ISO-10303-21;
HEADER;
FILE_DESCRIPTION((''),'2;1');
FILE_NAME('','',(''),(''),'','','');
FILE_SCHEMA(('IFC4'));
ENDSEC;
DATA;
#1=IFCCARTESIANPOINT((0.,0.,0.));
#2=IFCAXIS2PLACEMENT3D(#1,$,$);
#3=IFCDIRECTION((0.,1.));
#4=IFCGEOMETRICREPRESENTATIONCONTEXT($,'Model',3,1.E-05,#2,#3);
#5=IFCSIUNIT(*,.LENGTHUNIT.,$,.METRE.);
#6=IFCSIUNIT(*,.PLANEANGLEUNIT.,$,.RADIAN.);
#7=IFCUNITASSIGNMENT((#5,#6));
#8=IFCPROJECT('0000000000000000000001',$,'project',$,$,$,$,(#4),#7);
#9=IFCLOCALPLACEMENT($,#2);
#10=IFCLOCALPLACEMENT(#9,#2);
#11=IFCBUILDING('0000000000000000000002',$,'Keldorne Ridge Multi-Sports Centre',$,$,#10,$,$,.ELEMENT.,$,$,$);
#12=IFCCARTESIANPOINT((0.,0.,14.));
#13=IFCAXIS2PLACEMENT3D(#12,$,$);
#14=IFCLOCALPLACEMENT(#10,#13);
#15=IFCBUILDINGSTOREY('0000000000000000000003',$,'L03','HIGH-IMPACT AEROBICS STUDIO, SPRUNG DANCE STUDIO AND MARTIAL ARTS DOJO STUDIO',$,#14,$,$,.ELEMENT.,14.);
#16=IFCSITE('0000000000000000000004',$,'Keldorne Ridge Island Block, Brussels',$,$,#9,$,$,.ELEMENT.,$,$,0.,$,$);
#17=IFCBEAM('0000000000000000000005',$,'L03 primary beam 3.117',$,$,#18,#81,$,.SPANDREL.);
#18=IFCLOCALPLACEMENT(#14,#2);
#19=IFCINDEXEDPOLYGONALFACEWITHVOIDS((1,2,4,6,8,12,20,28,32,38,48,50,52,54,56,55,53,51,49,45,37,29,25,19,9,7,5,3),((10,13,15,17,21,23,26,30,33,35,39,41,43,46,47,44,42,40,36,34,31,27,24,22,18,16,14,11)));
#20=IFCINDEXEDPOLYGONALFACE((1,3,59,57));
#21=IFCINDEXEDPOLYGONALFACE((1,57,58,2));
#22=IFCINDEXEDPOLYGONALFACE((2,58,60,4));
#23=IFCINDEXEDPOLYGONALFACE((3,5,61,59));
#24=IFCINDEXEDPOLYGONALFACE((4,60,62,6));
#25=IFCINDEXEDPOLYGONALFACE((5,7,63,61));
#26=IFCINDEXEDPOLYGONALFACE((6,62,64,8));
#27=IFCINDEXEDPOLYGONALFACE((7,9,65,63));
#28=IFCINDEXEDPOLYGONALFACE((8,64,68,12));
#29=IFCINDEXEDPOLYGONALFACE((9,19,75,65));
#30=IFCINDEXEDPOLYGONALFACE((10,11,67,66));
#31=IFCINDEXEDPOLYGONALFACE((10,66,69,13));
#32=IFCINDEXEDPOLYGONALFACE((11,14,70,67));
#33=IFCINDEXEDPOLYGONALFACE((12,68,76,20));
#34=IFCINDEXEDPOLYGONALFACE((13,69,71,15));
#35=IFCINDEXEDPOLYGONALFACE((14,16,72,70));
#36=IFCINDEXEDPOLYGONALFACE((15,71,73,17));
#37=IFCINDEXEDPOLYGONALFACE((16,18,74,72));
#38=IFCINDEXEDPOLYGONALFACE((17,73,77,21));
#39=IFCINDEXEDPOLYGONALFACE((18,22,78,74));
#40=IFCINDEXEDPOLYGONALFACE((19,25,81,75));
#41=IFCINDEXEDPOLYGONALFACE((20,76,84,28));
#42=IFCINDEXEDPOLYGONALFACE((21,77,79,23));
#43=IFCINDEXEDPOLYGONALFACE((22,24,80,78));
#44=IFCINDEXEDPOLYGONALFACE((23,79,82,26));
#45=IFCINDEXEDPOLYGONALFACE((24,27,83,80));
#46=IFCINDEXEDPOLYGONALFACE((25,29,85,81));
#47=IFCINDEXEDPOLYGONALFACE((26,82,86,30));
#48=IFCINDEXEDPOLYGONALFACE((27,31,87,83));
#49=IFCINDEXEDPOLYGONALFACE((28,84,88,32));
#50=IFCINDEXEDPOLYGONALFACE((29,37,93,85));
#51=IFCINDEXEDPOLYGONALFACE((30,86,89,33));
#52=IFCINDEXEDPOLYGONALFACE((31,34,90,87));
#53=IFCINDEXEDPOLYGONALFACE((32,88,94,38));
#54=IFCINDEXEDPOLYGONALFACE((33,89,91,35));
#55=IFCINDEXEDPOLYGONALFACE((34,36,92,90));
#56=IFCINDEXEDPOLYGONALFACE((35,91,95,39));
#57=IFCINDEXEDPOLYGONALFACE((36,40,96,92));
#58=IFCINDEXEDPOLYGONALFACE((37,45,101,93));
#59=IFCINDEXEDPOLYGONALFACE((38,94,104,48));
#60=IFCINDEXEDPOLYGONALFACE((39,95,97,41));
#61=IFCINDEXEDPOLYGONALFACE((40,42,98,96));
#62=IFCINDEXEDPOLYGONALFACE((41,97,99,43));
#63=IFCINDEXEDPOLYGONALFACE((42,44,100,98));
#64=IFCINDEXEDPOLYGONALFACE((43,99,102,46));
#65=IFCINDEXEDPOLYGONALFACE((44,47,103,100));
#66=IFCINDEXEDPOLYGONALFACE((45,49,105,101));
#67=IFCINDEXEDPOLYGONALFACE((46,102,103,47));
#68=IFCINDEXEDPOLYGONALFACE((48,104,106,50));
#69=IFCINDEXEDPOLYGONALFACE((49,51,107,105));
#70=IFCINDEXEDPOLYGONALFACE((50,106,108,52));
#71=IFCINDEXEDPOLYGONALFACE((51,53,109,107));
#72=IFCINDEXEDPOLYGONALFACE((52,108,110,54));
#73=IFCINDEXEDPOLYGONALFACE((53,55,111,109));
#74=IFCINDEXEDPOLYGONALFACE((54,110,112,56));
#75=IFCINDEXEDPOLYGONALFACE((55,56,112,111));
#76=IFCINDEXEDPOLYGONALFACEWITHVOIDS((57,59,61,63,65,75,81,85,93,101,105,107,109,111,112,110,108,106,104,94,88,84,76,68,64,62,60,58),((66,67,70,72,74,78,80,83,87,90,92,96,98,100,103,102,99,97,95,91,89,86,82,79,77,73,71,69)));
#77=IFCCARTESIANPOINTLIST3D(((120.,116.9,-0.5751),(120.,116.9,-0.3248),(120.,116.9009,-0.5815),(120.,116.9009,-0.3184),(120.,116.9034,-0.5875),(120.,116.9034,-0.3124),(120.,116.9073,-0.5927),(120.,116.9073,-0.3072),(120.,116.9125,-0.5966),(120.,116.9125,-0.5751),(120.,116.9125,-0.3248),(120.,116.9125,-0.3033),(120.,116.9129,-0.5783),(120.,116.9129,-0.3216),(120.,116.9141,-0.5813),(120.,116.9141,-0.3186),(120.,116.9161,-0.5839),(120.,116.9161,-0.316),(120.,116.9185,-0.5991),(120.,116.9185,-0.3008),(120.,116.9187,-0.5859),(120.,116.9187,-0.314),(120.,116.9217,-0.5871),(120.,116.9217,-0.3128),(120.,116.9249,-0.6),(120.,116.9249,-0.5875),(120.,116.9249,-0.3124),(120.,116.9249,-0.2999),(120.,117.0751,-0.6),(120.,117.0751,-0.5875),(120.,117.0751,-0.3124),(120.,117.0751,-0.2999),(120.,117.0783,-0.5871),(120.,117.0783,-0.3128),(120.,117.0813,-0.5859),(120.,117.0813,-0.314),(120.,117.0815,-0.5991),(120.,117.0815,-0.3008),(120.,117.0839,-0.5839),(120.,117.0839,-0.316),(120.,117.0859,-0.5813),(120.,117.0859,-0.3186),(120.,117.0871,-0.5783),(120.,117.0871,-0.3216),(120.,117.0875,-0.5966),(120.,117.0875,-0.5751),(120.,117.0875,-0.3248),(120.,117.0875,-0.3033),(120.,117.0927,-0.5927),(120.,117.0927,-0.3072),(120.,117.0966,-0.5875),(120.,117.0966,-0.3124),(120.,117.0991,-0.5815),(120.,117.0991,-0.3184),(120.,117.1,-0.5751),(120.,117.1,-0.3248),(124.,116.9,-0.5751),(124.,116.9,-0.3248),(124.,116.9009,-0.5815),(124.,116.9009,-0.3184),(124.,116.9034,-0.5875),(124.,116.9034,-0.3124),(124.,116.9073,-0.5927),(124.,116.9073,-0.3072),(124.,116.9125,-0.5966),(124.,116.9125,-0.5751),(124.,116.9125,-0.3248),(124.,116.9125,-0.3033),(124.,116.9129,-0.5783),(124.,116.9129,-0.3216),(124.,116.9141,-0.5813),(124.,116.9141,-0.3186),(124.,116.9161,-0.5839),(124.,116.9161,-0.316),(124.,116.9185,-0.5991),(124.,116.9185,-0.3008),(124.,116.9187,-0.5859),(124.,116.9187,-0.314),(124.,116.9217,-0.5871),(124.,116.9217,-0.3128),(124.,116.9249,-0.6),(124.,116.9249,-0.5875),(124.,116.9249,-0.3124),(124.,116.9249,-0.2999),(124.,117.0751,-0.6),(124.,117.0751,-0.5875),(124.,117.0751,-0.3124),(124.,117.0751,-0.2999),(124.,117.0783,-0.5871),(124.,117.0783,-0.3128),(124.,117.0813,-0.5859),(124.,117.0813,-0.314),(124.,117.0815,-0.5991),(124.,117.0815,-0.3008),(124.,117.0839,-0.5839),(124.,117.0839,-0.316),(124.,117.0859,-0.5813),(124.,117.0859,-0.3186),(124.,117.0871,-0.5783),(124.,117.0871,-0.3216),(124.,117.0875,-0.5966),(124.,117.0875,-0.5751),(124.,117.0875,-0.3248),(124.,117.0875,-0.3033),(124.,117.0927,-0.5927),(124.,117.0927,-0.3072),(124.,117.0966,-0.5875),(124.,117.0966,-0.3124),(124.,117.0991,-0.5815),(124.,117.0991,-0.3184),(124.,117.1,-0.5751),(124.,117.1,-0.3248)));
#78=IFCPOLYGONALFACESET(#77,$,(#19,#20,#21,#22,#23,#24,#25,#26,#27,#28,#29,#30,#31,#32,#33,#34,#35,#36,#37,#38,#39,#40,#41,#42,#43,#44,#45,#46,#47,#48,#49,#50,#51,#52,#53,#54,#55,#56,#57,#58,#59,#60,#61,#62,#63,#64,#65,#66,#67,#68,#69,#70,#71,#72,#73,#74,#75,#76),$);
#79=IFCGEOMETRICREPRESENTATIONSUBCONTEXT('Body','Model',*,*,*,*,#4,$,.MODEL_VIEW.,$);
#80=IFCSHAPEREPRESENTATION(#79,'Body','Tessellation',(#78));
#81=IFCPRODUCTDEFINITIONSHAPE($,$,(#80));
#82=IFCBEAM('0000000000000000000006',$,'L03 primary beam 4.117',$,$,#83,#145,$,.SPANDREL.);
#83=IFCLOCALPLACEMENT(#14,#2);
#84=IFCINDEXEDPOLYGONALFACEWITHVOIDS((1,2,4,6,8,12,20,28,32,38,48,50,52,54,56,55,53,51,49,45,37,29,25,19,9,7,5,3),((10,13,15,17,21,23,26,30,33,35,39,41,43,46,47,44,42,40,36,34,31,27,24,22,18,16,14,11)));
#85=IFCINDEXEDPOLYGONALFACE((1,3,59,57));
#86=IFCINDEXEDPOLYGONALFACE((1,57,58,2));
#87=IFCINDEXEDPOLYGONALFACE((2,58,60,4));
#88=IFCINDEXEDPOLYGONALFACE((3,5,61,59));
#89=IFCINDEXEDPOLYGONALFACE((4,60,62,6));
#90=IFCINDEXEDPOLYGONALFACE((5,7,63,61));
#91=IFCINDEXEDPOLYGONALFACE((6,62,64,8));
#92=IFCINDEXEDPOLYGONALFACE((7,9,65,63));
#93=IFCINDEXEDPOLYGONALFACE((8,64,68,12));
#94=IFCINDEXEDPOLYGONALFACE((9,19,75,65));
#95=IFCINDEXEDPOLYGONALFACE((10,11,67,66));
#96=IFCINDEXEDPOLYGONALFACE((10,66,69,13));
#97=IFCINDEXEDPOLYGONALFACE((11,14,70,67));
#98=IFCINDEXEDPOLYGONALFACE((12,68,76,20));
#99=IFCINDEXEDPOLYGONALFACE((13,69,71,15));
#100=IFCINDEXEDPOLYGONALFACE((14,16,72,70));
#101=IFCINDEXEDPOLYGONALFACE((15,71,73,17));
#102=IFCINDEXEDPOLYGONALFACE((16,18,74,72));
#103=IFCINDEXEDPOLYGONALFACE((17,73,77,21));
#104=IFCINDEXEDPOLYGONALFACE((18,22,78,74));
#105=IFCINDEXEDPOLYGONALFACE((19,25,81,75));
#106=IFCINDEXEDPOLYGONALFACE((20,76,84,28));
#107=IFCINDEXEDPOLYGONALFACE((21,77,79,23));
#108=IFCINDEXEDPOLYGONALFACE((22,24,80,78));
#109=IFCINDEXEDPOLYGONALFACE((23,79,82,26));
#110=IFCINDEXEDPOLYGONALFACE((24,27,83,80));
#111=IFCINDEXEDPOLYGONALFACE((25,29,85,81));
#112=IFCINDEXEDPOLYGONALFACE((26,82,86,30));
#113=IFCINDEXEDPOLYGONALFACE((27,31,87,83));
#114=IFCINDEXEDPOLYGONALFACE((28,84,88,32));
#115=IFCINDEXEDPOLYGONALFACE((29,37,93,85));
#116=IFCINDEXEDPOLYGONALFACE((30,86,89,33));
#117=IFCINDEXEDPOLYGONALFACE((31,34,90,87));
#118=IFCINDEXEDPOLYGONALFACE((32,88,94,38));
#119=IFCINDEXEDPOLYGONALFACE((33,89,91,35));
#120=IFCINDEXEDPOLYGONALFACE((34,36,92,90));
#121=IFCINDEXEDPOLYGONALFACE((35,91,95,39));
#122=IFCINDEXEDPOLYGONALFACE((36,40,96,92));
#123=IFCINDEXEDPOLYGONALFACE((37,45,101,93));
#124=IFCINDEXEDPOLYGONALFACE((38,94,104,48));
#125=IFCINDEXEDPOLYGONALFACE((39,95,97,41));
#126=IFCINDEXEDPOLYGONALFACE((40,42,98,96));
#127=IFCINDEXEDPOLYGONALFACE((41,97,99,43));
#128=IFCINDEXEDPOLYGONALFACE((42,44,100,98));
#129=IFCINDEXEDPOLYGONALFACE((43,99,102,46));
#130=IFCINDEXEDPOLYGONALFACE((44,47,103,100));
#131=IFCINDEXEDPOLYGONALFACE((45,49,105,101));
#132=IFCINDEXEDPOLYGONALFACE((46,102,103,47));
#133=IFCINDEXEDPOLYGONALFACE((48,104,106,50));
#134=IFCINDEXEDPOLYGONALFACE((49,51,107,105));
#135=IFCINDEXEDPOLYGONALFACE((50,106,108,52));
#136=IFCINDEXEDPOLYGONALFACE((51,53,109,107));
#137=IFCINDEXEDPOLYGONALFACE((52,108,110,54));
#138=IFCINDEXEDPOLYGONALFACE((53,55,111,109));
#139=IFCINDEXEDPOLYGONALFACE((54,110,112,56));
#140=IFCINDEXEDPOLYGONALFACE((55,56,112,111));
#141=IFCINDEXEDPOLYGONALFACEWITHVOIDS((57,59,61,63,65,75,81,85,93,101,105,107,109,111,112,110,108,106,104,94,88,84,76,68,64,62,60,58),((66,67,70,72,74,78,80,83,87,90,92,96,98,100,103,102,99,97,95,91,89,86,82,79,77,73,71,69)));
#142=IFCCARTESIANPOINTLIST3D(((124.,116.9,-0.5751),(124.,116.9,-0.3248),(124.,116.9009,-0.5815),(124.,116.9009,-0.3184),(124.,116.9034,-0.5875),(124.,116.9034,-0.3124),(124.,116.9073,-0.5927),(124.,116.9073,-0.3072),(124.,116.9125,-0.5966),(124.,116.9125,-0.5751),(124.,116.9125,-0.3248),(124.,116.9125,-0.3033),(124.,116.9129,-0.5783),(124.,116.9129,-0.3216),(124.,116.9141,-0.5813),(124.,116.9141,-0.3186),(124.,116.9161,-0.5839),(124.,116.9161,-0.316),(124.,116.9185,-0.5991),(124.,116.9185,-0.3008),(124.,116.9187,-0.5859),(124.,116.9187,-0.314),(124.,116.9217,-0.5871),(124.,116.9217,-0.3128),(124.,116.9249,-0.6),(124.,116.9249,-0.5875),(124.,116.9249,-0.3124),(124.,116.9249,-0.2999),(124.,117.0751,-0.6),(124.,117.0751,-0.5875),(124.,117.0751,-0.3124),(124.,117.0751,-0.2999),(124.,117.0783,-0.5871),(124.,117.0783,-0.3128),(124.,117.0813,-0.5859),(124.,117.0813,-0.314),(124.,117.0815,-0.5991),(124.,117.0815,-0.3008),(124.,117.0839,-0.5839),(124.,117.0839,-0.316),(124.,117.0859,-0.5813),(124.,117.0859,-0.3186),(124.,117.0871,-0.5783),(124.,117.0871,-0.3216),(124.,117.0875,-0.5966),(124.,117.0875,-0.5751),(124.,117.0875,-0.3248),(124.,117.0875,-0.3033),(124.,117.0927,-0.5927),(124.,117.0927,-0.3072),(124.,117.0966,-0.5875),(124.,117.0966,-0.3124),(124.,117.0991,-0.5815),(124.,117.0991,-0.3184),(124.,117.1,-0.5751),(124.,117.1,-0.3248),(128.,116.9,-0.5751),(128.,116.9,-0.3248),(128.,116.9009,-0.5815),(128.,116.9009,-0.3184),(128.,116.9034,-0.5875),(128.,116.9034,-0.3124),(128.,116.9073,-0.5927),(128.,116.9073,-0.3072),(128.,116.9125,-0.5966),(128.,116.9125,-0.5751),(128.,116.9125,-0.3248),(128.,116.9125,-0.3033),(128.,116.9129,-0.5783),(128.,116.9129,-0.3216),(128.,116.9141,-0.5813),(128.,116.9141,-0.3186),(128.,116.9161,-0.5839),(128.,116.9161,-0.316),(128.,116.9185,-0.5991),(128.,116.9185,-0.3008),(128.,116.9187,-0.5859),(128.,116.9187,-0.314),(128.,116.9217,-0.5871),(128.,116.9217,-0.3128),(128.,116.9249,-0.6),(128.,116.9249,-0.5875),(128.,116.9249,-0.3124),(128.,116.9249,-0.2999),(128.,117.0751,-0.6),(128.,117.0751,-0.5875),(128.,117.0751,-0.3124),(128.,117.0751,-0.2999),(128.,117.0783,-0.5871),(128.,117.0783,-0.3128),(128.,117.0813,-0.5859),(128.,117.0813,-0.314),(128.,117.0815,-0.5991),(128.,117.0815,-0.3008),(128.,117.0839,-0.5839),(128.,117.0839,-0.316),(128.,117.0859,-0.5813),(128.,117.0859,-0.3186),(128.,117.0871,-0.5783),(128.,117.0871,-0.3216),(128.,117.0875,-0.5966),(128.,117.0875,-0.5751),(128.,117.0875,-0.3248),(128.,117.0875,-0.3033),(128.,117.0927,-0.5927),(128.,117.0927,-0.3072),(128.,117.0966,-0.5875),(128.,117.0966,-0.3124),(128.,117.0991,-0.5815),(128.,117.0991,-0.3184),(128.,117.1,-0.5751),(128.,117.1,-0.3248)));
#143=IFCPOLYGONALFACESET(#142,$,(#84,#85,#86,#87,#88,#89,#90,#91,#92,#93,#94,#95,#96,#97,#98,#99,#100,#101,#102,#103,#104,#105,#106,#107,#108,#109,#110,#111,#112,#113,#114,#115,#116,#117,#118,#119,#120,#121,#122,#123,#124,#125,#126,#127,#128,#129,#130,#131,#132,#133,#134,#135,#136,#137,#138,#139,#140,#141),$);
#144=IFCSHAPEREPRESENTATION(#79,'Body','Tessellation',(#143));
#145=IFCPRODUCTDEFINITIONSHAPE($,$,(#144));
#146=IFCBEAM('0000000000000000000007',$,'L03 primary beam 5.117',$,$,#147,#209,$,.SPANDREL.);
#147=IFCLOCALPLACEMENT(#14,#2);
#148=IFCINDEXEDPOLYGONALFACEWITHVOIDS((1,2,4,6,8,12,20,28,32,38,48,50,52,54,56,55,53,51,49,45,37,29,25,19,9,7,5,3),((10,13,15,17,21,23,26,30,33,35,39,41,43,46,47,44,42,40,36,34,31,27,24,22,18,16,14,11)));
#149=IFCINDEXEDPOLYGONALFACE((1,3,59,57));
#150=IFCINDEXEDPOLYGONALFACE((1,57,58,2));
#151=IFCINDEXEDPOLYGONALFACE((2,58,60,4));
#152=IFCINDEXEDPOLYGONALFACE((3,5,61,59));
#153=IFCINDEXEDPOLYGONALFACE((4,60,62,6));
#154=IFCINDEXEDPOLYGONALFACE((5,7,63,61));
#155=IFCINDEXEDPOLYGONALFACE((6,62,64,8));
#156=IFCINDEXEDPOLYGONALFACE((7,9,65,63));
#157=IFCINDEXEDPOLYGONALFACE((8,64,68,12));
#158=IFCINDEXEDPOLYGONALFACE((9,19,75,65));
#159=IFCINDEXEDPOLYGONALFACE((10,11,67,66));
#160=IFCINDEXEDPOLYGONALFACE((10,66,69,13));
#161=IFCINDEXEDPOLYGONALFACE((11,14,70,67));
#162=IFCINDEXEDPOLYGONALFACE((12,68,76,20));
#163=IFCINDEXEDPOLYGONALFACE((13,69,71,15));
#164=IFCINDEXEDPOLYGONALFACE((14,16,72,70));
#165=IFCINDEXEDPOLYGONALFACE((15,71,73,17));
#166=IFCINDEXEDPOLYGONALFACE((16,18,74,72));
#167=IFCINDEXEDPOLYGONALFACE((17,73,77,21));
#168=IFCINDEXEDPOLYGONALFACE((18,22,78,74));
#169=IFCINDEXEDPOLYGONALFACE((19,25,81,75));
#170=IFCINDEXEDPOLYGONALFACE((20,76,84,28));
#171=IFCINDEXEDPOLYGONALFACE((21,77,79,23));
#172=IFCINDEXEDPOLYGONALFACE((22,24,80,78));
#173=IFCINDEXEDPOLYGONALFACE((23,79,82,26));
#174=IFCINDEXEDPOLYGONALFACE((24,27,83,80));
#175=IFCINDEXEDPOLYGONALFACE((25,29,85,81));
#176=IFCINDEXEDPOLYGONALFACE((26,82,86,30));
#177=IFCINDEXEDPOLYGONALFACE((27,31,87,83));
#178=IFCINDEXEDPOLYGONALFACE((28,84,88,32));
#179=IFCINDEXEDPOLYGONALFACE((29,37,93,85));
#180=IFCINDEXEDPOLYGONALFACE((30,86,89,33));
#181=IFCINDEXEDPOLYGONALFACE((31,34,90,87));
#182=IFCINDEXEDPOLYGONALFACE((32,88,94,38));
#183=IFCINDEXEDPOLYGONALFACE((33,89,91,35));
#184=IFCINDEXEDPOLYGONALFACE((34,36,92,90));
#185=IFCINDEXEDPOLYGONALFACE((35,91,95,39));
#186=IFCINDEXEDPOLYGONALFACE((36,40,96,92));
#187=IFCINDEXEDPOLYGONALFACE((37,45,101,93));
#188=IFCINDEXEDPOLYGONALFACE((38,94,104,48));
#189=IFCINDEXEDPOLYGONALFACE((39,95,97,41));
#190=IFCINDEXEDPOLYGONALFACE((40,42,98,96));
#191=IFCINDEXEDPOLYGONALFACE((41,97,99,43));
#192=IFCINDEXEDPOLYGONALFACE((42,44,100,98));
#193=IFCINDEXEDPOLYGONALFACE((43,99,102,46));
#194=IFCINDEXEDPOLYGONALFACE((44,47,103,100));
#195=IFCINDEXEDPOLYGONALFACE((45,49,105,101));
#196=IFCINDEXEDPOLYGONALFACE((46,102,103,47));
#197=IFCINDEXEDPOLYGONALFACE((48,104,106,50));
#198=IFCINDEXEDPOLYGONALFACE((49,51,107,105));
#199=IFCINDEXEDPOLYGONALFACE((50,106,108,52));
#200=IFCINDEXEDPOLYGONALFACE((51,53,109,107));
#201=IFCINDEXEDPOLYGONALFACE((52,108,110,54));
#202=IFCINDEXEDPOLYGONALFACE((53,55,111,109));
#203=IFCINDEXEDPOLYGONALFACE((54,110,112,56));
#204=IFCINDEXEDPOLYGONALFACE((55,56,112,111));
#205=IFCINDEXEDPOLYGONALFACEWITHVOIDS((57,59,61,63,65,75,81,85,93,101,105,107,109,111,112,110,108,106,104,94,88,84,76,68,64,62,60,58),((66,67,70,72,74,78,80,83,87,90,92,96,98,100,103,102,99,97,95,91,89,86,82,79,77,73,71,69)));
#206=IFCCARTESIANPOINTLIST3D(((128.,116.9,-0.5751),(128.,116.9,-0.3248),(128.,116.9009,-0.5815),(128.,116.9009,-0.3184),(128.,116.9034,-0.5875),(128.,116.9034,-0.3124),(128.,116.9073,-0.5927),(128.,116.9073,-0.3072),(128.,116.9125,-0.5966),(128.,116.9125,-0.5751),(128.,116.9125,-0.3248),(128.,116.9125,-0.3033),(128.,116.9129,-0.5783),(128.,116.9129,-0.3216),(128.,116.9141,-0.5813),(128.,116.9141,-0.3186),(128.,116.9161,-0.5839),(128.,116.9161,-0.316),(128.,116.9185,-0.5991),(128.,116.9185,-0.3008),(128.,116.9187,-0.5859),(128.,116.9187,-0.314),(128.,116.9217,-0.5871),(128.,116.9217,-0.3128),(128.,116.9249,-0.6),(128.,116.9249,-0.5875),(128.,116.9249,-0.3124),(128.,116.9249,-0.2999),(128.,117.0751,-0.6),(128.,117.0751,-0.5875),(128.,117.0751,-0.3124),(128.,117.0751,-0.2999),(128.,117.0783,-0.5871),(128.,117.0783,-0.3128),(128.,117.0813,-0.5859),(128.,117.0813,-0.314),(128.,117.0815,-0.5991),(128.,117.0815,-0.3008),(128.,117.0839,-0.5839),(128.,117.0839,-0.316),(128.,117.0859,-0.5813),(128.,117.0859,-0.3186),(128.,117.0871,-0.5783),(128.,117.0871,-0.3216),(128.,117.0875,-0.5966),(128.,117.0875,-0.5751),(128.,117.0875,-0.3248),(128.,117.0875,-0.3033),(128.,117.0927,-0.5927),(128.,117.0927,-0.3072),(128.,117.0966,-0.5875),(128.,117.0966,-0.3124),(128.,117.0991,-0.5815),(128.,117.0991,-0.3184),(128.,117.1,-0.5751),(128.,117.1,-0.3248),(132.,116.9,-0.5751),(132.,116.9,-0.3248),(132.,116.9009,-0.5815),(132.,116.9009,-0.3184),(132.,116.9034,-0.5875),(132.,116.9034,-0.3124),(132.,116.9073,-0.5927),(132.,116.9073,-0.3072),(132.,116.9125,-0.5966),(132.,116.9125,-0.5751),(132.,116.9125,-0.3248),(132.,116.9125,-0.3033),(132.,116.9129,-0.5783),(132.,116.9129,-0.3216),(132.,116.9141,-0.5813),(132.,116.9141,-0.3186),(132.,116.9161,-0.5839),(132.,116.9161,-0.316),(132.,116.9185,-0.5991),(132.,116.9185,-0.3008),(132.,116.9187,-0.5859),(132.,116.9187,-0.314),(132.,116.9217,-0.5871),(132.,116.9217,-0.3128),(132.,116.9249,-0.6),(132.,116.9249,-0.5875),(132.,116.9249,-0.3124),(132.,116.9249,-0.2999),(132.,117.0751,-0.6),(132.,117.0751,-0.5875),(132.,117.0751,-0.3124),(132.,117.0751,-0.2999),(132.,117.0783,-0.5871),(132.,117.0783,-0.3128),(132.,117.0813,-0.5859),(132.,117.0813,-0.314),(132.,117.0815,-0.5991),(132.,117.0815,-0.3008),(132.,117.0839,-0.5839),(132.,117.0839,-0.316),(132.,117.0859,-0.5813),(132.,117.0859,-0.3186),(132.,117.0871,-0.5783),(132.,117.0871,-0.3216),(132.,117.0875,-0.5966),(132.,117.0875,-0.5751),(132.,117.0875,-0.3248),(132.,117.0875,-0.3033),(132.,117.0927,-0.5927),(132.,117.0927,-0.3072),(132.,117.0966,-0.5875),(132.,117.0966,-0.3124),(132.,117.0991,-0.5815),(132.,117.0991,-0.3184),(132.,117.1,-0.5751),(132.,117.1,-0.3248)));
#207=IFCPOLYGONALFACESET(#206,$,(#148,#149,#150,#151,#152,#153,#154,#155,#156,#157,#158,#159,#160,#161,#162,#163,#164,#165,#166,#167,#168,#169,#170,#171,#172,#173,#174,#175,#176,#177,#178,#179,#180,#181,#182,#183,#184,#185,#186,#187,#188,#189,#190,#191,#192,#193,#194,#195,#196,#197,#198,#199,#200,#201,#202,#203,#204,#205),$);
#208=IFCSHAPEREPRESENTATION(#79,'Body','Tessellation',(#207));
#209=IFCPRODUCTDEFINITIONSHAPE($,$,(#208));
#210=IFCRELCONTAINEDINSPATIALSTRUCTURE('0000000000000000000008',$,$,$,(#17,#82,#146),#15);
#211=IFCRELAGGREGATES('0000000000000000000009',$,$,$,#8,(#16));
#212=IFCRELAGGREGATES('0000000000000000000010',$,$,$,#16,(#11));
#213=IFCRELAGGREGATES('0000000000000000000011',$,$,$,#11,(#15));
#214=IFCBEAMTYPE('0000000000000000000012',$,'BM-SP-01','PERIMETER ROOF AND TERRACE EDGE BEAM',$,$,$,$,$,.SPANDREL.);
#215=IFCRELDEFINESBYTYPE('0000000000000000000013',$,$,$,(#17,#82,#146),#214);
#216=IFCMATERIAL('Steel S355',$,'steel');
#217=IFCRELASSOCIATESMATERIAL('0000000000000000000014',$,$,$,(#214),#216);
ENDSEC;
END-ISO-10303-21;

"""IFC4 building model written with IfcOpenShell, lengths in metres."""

from ifc_helpers import new_model, si_unit, direction, frame, origin, origin_2d, place, context, subcontext, project, spatial, hollow_rectangle, extrude, material, material_profile, profile_set, type_object, element, save


model = new_model("IFC4")

# Units and contexts
model_context = context("Model", 3, precision=1e-05, world=origin(), true_north=direction((0.0, 1.0)))
body_context = subcontext(model_context, "Body", "Model", "MODEL_VIEW")
ifc_project = project(units=[si_unit("LENGTHUNIT", "METRE"), si_unit("PLANEANGLEUNIT", "RADIAN")], contexts=[model_context])

# Site, building, storey
site_placement = place(None, origin())
site = spatial("IfcSite", under=ifc_project, at=site_placement, Name="Keldorne Ridge Island Block, Brussels", CompositionType="ELEMENT", RefElevation=0.0)
building_placement = place(site_placement, origin())
building = spatial("IfcBuilding", under=site, at=building_placement, Name="Keldorne Ridge Multi-Sports Centre", CompositionType="ELEMENT")
storey_placement = place(building_placement, frame((0.0, 0.0, 14.0)))
storey = spatial("IfcBuildingStorey", under=building, at=storey_placement, Name="L03", Description="HIGH-IMPACT AEROBICS STUDIO, SPRUNG DANCE STUDIO AND MARTIAL ARTS DOJO STUDIO", CompositionType="ELEMENT", Elevation=14.0)

# Shared definitions
ifc_material_1 = material(Name="Steel S355", Category="steel")

# Beams
ifc_material_profile_1 = material_profile(ifc_material_1, hollow_rectangle(XDim=0.2, YDim=0.3, WallThickness=0.0125, InnerFilletRadius=0.0125, OuterFilletRadius=0.0249, at=origin_2d()), Name="RHS 300x200x12.5")
ifc_profile_set_1 = profile_set([ifc_material_profile_1], Name="Steel S355")
beam_type_1 = type_object("IfcBeamType", Name="BM-SP-01", Description="PERIMETER ROOF AND TERRACE EDGE BEAM", PredefinedType="SPANDREL", material=ifc_profile_set_1)
for number, where, z_axis, x_axis, name in (
    (1, (120.0, 117.0, -0.45), (1.0, 0.0, 0.0), (0.0, 1.0, 0.0), "L03 primary beam 3.117"),
    (2, (124.0, 117.0, -0.45), (1.0, 0.0, 0.0), (0.0, 1.0, 0.0), "L03 primary beam 4.117"),
    (3, (128.0, 117.0, -0.45), (1.0, 0.0, 0.0), (0.0, 1.0, 0.0), "L03 primary beam 5.117"),
):
    element("IfcBeam", number, at=place(storey_placement, frame(where, z_axis=z_axis, x_axis=x_axis)), inside=storey, type_object=beam_type_1, Name=name, PredefinedType="SPANDREL", context=body_context, shape_type="SweptSolid", body=[
        extrude(hollow_rectangle(XDim=0.2, YDim=0.3, WallThickness=0.0125, InnerFilletRadius=0.0125, OuterFilletRadius=0.0249, at=origin_2d()), origin(), (0.0, 0.0, 1.0), 4.0),
    ])

save(model, "model.ifc")
